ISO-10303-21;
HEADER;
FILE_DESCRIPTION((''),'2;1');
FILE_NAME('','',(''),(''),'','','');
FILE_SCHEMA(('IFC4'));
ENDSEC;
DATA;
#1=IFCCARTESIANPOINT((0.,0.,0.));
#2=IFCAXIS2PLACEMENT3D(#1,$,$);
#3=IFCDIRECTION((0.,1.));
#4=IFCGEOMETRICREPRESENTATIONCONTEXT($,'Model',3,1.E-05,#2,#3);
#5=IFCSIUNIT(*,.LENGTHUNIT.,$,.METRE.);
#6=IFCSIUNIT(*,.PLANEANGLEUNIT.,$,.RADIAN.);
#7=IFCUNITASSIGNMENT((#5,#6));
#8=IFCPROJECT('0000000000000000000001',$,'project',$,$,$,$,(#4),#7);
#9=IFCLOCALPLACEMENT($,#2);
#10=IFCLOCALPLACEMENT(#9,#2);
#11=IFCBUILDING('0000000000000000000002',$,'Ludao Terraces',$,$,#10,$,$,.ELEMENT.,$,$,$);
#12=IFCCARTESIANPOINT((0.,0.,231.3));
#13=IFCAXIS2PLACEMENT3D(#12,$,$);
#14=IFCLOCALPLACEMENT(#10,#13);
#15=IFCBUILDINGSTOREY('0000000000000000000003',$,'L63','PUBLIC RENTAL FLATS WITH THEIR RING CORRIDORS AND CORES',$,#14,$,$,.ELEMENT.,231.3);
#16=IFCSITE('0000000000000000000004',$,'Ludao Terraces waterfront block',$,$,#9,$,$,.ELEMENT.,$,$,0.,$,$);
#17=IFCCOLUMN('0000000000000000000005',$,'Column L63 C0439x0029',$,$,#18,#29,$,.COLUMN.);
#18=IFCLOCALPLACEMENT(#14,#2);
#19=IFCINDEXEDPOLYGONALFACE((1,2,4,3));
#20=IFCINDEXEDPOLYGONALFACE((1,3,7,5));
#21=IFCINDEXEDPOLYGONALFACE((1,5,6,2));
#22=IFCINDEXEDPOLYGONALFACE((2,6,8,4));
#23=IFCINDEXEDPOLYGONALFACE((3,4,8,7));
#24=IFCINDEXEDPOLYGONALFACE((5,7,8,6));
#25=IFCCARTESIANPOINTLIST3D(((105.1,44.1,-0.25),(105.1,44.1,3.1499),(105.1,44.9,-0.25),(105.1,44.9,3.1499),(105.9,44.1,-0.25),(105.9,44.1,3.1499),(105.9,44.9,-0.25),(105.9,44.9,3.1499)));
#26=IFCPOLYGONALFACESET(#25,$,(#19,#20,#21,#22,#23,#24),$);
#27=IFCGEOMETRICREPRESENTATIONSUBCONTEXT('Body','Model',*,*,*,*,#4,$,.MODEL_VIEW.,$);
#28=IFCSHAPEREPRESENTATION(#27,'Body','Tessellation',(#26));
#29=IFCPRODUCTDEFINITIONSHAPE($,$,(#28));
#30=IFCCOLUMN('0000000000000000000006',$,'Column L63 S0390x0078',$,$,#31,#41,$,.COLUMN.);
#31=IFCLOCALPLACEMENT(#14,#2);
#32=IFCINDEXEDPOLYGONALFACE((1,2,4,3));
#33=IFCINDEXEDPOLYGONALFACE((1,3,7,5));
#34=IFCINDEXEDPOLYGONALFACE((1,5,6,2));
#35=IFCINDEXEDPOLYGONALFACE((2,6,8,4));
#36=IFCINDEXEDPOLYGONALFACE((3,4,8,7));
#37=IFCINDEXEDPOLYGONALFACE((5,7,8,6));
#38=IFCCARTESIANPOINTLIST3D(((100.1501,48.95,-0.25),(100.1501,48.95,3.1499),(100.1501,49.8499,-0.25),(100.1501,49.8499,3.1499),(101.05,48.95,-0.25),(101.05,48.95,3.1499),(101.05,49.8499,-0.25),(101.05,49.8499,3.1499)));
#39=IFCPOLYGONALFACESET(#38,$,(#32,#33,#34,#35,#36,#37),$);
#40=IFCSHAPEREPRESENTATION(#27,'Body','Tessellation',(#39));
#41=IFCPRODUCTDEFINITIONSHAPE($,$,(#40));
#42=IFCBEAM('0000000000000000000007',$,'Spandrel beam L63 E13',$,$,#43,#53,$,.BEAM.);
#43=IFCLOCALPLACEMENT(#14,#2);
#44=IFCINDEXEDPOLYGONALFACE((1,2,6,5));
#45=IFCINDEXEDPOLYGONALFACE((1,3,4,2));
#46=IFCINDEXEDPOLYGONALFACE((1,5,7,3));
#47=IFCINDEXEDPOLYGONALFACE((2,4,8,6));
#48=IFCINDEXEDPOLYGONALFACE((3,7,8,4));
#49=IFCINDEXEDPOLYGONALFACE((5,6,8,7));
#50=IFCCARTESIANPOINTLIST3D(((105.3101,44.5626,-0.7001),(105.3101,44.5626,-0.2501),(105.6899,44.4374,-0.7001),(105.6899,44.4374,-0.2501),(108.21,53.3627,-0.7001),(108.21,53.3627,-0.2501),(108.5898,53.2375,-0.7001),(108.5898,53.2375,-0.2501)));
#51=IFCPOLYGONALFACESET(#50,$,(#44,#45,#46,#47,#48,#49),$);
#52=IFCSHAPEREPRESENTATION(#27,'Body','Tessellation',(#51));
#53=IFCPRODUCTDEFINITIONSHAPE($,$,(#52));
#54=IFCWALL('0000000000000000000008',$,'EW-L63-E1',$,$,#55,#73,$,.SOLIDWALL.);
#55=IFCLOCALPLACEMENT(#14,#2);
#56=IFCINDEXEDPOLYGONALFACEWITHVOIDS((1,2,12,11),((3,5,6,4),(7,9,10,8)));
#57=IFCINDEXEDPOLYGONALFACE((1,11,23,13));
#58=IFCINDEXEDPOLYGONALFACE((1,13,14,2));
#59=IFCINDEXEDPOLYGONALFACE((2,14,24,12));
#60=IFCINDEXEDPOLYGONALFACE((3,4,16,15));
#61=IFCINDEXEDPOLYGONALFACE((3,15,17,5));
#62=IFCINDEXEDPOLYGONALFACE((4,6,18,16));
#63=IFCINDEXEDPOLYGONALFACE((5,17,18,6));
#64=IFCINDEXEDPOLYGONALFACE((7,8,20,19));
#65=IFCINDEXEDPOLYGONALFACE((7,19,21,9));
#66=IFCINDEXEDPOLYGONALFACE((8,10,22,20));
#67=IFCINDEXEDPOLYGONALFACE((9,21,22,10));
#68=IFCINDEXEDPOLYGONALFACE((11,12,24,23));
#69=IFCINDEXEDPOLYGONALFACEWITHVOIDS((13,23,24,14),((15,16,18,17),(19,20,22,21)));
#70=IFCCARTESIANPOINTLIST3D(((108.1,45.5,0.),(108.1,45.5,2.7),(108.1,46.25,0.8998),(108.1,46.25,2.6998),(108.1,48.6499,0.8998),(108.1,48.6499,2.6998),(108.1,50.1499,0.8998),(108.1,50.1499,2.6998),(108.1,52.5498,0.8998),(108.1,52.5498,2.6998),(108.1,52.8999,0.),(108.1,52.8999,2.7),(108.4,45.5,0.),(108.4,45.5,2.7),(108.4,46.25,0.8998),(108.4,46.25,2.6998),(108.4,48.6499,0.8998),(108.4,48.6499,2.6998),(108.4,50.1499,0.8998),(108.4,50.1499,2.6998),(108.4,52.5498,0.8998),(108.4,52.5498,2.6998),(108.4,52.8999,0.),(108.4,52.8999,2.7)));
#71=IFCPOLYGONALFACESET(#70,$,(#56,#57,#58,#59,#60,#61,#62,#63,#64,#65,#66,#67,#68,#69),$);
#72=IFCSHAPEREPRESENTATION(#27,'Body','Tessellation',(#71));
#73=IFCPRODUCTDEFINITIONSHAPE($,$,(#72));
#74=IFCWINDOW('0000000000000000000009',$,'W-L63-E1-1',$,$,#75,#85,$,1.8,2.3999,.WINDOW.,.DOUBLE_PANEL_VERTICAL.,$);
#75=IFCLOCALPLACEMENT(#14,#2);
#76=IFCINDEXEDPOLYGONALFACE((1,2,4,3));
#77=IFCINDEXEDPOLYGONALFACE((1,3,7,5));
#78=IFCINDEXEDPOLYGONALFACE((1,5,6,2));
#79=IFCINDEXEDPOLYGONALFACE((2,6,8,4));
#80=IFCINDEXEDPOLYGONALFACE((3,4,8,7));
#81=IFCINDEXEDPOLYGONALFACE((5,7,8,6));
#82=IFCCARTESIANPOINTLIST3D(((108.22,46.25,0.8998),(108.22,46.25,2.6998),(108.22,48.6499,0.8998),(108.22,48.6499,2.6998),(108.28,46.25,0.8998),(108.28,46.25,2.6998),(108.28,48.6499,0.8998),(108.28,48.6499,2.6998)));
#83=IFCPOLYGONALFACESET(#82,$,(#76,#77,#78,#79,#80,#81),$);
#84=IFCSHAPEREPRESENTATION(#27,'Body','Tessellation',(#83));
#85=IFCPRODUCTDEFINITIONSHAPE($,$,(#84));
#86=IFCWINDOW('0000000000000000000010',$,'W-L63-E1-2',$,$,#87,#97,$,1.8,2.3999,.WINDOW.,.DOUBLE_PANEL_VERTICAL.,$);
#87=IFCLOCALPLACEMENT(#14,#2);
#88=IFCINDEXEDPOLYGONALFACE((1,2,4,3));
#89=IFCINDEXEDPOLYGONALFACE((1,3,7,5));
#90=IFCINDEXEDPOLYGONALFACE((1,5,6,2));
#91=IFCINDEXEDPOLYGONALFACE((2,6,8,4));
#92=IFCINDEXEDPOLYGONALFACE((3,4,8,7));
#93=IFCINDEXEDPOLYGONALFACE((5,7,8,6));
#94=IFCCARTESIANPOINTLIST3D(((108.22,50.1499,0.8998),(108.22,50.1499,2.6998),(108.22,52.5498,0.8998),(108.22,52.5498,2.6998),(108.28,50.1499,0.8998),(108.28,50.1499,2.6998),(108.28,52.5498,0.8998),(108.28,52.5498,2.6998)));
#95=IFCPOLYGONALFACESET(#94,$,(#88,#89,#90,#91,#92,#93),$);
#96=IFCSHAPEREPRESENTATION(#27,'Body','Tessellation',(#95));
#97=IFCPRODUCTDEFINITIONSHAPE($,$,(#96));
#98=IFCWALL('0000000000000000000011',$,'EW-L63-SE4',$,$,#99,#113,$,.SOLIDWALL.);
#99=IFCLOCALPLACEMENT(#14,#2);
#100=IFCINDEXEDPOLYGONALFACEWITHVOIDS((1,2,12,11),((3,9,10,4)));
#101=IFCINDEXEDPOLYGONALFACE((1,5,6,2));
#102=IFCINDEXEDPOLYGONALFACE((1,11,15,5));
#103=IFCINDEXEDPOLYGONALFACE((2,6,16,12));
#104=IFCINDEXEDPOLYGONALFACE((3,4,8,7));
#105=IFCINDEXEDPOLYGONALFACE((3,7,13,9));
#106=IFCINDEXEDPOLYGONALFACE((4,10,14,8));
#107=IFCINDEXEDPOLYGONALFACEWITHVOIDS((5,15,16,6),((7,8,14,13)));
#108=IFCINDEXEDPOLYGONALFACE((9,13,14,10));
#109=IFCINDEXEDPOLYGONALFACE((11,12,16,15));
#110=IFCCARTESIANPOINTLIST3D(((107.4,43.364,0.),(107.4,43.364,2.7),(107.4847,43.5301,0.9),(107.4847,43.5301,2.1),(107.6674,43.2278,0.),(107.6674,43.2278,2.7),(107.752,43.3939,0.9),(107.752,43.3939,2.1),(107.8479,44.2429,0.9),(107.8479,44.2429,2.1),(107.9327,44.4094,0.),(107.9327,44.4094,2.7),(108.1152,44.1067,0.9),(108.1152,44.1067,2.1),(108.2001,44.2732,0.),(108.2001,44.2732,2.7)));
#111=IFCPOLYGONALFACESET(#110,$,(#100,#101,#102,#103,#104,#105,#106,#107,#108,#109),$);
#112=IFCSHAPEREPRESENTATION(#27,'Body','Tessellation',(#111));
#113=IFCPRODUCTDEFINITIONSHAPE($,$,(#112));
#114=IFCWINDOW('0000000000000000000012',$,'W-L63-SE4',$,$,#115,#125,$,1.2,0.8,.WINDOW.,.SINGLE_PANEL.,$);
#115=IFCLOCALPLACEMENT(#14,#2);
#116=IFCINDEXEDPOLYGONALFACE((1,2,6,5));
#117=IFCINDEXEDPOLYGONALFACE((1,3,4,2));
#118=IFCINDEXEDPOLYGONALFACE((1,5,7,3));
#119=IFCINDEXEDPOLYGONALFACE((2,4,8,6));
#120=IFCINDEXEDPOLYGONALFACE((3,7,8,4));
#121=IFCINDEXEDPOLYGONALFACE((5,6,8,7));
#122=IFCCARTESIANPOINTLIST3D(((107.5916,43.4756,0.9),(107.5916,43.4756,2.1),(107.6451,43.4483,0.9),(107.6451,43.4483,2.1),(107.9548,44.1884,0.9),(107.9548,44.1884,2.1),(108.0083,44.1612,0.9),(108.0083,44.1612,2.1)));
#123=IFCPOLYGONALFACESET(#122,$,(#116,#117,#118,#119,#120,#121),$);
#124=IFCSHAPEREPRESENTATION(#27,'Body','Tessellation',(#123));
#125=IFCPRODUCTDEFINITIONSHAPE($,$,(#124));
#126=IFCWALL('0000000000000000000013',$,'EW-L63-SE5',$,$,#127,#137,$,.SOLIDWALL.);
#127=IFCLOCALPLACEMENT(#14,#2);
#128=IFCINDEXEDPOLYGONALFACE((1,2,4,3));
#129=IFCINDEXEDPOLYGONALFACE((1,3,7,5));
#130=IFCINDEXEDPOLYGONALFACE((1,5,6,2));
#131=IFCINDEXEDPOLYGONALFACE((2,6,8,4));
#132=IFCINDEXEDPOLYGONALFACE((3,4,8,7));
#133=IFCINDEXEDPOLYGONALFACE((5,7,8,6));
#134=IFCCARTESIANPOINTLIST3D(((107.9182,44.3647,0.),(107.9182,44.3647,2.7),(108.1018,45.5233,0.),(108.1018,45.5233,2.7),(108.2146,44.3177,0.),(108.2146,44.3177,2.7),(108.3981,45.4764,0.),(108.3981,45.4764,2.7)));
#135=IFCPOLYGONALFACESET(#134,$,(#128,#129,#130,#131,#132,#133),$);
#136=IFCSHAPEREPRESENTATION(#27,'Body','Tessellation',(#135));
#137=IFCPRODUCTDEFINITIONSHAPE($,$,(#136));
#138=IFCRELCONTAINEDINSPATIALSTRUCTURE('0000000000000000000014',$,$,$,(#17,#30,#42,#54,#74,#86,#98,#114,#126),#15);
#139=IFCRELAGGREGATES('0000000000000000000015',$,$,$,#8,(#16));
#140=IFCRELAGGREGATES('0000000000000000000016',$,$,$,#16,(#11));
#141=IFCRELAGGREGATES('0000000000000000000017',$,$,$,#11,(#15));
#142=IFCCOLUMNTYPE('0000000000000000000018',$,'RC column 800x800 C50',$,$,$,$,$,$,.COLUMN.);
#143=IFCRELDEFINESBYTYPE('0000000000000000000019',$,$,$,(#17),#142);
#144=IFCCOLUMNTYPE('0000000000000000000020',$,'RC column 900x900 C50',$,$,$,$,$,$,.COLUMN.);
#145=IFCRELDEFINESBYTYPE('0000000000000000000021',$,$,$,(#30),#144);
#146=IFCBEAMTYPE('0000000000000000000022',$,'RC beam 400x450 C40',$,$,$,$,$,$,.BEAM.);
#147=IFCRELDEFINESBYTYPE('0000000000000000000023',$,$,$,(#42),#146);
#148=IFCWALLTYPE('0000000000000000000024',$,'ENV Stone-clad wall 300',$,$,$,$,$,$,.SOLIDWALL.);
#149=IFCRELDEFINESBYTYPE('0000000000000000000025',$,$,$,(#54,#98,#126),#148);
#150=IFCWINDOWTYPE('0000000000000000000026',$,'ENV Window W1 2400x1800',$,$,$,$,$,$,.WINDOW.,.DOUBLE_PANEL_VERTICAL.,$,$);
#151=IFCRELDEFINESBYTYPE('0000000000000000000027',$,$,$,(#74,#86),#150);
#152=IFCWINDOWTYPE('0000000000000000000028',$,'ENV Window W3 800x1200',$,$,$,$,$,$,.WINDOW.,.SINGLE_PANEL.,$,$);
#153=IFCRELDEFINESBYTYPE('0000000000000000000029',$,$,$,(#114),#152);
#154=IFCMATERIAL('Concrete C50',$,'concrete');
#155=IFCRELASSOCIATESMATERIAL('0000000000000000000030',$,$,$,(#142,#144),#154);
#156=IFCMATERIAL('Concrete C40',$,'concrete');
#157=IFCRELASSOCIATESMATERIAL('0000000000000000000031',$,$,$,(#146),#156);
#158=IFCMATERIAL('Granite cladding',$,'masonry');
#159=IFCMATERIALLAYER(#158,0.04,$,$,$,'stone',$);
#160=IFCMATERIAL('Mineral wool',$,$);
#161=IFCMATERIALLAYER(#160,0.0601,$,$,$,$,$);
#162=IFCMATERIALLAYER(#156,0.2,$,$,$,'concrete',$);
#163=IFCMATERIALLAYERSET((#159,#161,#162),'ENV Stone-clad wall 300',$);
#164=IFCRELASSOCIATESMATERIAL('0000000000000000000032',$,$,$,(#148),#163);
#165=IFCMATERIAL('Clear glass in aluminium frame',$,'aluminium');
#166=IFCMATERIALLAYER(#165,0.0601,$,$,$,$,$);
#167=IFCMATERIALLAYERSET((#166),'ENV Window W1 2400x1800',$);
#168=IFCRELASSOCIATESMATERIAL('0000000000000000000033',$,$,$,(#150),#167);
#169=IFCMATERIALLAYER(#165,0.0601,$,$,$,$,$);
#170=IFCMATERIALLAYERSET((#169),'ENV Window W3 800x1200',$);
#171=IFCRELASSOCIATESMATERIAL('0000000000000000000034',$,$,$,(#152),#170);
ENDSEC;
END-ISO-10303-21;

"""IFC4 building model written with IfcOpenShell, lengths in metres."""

from ifc_helpers import new_model, si_unit, direction, frame, frame_2d, origin, origin_2d, place, context, subcontext, project, spatial, rectangle, extrude, material, layer, layer_set, material_profile, profile_set, type_object, element, fill, save


model = new_model("IFC4")

# Units and contexts
model_context = context("Model", 3, precision=1e-05, world=origin(), true_north=direction((0.0, 1.0)))
body_context = subcontext(model_context, "Body", "Model", "MODEL_VIEW")
ifc_project = project(units=[si_unit("LENGTHUNIT", "METRE"), si_unit("PLANEANGLEUNIT", "RADIAN")], contexts=[model_context])

# Site, building, storey
site_placement = place(None, origin())
site = spatial("IfcSite", under=ifc_project, at=site_placement, Name="Ludao Terraces waterfront block", CompositionType="ELEMENT", RefElevation=0.0)
building_placement = place(site_placement, origin())
building = spatial("IfcBuilding", under=site, at=building_placement, Name="Ludao Terraces", CompositionType="ELEMENT")
storey_placement = place(building_placement, frame((0.0, 0.0, 231.3)))
storey = spatial("IfcBuildingStorey", under=building, at=storey_placement, Name="L63", Description="PUBLIC RENTAL FLATS WITH THEIR RING CORRIDORS AND CORES", CompositionType="ELEMENT", Elevation=231.3)

# Columns
ifc_material_1 = material(Name="Concrete C50", Category="concrete")
ifc_material_profile_1 = material_profile(ifc_material_1, rectangle(XDim=0.8, YDim=0.8, at=origin_2d()), Name="800 X 800")
ifc_profile_set_1 = profile_set([ifc_material_profile_1], Name="Concrete C50")
column_type_1 = type_object("IfcColumnType", Name="RC column 800x800 C50", PredefinedType="COLUMN", material=ifc_profile_set_1)
column_1_placement = place(storey_placement, frame((105.5, 44.5, -0.25), z_axis=(0.0, 0.0, 1.0), x_axis=(1.0, 0.0, 0.0)))
element("IfcColumn", 1, at=column_1_placement, inside=storey, type_object=column_type_1, Name="Column L63 C0439x0029", PredefinedType="COLUMN", context=body_context, shape_type="SweptSolid", body=[
    extrude(rectangle(XDim=0.8, YDim=0.8, at=origin_2d()), origin(), (0.0, 0.0, 1.0), 3.3999),
])
ifc_material_profile_2 = material_profile(ifc_material_1, rectangle(XDim=0.8999, YDim=0.8999, at=origin_2d()), Name="900 X 900")
ifc_profile_set_2 = profile_set([ifc_material_profile_2], Name="Concrete C50")
column_type_2 = type_object("IfcColumnType", Name="RC column 900x900 C50", PredefinedType="COLUMN", material=ifc_profile_set_2)
column_2_placement = place(storey_placement, frame((100.6001, 49.3999, -0.25), z_axis=(0.0, 0.0, 1.0), x_axis=(1.0, 0.0, 0.0)))
element("IfcColumn", 2, at=column_2_placement, inside=storey, type_object=column_type_2, Name="Column L63 S0390x0078", PredefinedType="COLUMN", context=body_context, shape_type="SweptSolid", body=[
    extrude(rectangle(XDim=0.8999, YDim=0.8999, at=origin_2d()), origin(), (0.0, 0.0, 1.0), 3.3999),
])

# Beam
ifc_material_2 = material(Name="Concrete C40", Category="concrete")
ifc_material_profile_3 = material_profile(ifc_material_2, rectangle(XDim=0.3999, YDim=0.45, at=origin_2d()), Name="400 X 450")
ifc_profile_set_3 = profile_set([ifc_material_profile_3], Name="Concrete C40")
beam_type = type_object("IfcBeamType", Name="RC beam 400x450 C40", PredefinedType="BEAM", material=ifc_profile_set_3)
beam_placement = place(storey_placement, frame((105.5, 44.5, -0.4751), z_axis=(0.312977, 0.949761, 0.0), x_axis=(-0.949761, 0.312977, 0.0)))
element("IfcBeam", 3, at=beam_placement, inside=storey, type_object=beam_type, Name="Spandrel beam L63 E13", PredefinedType="BEAM", context=body_context, shape_type="SweptSolid", body=[
    extrude(rectangle(XDim=0.3999, YDim=0.45, at=origin_2d()), origin(), (0.0, 0.0, 1.0), 9.2656),
])

# Wall, openings, windows
ifc_material_3 = material(Name="Granite cladding", Category="masonry")
ifc_layer_1 = layer(ifc_material_3, 0.04, Category="stone")
ifc_material_4 = material(Name="Mineral wool")
ifc_layer_2 = layer(ifc_material_4, 0.0601)
ifc_layer_3 = layer(ifc_material_2, 0.2, Category="concrete")
ifc_layer_set_1 = layer_set([ifc_layer_1, ifc_layer_2, ifc_layer_3], Name="ENV Stone-clad wall 300")
wall_type_1 = type_object("IfcWallType", Name="ENV Stone-clad wall 300", PredefinedType="SOLIDWALL", material=ifc_layer_set_1)
wall_1_placement = place(storey_placement, frame((108.25, 45.5, 0.0), z_axis=(0.0, 0.0, 1.0), x_axis=(0.0, 1.0, 0.0)))
wall_1 = element("IfcWall", 4, at=wall_1_placement, inside=storey, type_object=wall_type_1, Name="EW-L63-E1", PredefinedType="SOLIDWALL", context=body_context, shape_type="SweptSolid", body=[
    extrude(rectangle(XDim=7.3999, YDim=0.3, at=frame_2d((3.7, 0.0))), origin(), (0.0, 0.0, 1.0), 2.7),
])
opening_1_placement = place(wall_1_placement, frame((0.75, 0.0, 0.8999)))
opening_1 = element("IfcOpeningElement", 5, at=opening_1_placement, cuts=wall_1, PredefinedType="OPENING", context=body_context, shape_type="SweptSolid", body=[
    extrude(rectangle(XDim=2.3999, YDim=1.8, at=frame_2d((1.2, 0.8999))), frame((0.0, 0.1602, 0.0), z_axis=(0.0, -1.0, 0.0), x_axis=(1.0, 0.0, 0.0)), (0.0, 0.0, 1.0), 0.3201),
])
opening_2_placement = place(wall_1_placement, frame((4.6499, 0.0, 0.8999)))
opening_2 = element("IfcOpeningElement", 6, at=opening_2_placement, cuts=wall_1, PredefinedType="OPENING", context=body_context, shape_type="SweptSolid", body=[
    extrude(rectangle(XDim=2.3999, YDim=1.8, at=frame_2d((1.2, 0.8999))), frame((0.0, 0.1602, 0.0), z_axis=(0.0, -1.0, 0.0), x_axis=(1.0, 0.0, 0.0)), (0.0, 0.0, 1.0), 0.3201),
])
ifc_material_5 = material(Name="Clear glass in aluminium frame", Category="aluminium")
ifc_layer_4 = layer(ifc_material_5, 0.0601)
ifc_layer_set_2 = layer_set([ifc_layer_4], Name="ENV Window W1 2400x1800")
window_type_1 = type_object("IfcWindowType", Name="ENV Window W1 2400x1800", PartitioningType="DOUBLE_PANEL_VERTICAL", PredefinedType="WINDOW", material=ifc_layer_set_2)
window_1_placement = place(opening_1_placement, origin())
window_1 = element("IfcWindow", 7, at=window_1_placement, inside=storey, type_object=window_type_1, Name="W-L63-E1-1", OverallHeight=1.8, OverallWidth=2.3999, PartitioningType="DOUBLE_PANEL_VERTICAL", PredefinedType="WINDOW", context=body_context, shape_type="SweptSolid", body=[
    extrude(rectangle(XDim=2.3999, YDim=1.8, at=frame_2d((1.2, 0.8999))), frame((0.0, 0.03, 0.0), z_axis=(0.0, -1.0, 0.0), x_axis=(1.0, 0.0, 0.0)), (0.0, 0.0, 1.0), 0.0601),
])
fill(opening_1, window_1)
window_2_placement = place(opening_2_placement, origin())
window_2 = element("IfcWindow", 8, at=window_2_placement, inside=storey, type_object=window_type_1, Name="W-L63-E1-2", OverallHeight=1.8, OverallWidth=2.3999, PartitioningType="DOUBLE_PANEL_VERTICAL", PredefinedType="WINDOW", context=body_context, shape_type="SweptSolid", body=[
    extrude(rectangle(XDim=2.3999, YDim=1.8, at=frame_2d((1.2, 0.8999))), frame((0.0, 0.03, 0.0), z_axis=(0.0, -1.0, 0.0), x_axis=(1.0, 0.0, 0.0)), (0.0, 0.0, 1.0), 0.0601),
])
fill(opening_2, window_2)

# Wall, opening, window
wall_2_placement = place(storey_placement, frame((107.5337, 43.2959, 0.0), z_axis=(0.0, 0.0, 1.0), x_axis=(0.454026, 0.890989, 0.0)))
wall_2 = element("IfcWall", 9, at=wall_2_placement, inside=storey, type_object=wall_type_1, Name="EW-L63-SE4", PredefinedType="SOLIDWALL", context=body_context, shape_type="SweptSolid", body=[
    extrude(rectangle(XDim=1.1733, YDim=0.3, at=frame_2d((0.5867, 0.0))), origin(), (0.0, 0.0, 1.0), 2.7),
])
opening_3_placement = place(wall_2_placement, frame((0.1865, 0.0, 0.8999)))
opening_3 = element("IfcOpeningElement", 10, at=opening_3_placement, cuts=wall_2, PredefinedType="OPENING", context=body_context, shape_type="SweptSolid", body=[
    extrude(rectangle(XDim=0.8, YDim=1.2, at=frame_2d((0.3999, 0.6001))), frame((0.0, 0.1602, 0.0), z_axis=(0.0, -1.0, 0.0), x_axis=(1.0, 0.0, 0.0)), (0.0, 0.0, 1.0), 0.3201),
])
ifc_layer_5 = layer(ifc_material_5, 0.0601)
ifc_layer_set_3 = layer_set([ifc_layer_5], Name="ENV Window W3 800x1200")
window_type_2 = type_object("IfcWindowType", Name="ENV Window W3 800x1200", PartitioningType="SINGLE_PANEL", PredefinedType="WINDOW", material=ifc_layer_set_3)
window_3_placement = place(opening_3_placement, origin())
window_3 = element("IfcWindow", 11, at=window_3_placement, inside=storey, type_object=window_type_2, Name="W-L63-SE4", OverallHeight=1.2, OverallWidth=0.8, PartitioningType="SINGLE_PANEL", PredefinedType="WINDOW", context=body_context, shape_type="SweptSolid", body=[
    extrude(rectangle(XDim=0.8, YDim=1.2, at=frame_2d((0.3999, 0.6001))), frame((0.0, 0.03, 0.0), z_axis=(0.0, -1.0, 0.0), x_axis=(1.0, 0.0, 0.0)), (0.0, 0.0, 1.0), 0.0601),
])
fill(opening_3, window_3)

# Wall
wall_3_placement = place(storey_placement, frame((108.0664, 44.3413, 0.0), z_axis=(0.0, 0.0, 1.0), x_axis=(0.156497, 0.987678, 0.0)))
element("IfcWall", 12, at=wall_3_placement, inside=storey, type_object=wall_type_1, Name="EW-L63-SE5", PredefinedType="SOLIDWALL", context=body_context, shape_type="SweptSolid", body=[
    extrude(rectangle(XDim=1.1731, YDim=0.3, at=frame_2d((0.5864, 0.0))), origin(), (0.0, 0.0, 1.0), 2.7),
])

save(model, "model.ifc")
